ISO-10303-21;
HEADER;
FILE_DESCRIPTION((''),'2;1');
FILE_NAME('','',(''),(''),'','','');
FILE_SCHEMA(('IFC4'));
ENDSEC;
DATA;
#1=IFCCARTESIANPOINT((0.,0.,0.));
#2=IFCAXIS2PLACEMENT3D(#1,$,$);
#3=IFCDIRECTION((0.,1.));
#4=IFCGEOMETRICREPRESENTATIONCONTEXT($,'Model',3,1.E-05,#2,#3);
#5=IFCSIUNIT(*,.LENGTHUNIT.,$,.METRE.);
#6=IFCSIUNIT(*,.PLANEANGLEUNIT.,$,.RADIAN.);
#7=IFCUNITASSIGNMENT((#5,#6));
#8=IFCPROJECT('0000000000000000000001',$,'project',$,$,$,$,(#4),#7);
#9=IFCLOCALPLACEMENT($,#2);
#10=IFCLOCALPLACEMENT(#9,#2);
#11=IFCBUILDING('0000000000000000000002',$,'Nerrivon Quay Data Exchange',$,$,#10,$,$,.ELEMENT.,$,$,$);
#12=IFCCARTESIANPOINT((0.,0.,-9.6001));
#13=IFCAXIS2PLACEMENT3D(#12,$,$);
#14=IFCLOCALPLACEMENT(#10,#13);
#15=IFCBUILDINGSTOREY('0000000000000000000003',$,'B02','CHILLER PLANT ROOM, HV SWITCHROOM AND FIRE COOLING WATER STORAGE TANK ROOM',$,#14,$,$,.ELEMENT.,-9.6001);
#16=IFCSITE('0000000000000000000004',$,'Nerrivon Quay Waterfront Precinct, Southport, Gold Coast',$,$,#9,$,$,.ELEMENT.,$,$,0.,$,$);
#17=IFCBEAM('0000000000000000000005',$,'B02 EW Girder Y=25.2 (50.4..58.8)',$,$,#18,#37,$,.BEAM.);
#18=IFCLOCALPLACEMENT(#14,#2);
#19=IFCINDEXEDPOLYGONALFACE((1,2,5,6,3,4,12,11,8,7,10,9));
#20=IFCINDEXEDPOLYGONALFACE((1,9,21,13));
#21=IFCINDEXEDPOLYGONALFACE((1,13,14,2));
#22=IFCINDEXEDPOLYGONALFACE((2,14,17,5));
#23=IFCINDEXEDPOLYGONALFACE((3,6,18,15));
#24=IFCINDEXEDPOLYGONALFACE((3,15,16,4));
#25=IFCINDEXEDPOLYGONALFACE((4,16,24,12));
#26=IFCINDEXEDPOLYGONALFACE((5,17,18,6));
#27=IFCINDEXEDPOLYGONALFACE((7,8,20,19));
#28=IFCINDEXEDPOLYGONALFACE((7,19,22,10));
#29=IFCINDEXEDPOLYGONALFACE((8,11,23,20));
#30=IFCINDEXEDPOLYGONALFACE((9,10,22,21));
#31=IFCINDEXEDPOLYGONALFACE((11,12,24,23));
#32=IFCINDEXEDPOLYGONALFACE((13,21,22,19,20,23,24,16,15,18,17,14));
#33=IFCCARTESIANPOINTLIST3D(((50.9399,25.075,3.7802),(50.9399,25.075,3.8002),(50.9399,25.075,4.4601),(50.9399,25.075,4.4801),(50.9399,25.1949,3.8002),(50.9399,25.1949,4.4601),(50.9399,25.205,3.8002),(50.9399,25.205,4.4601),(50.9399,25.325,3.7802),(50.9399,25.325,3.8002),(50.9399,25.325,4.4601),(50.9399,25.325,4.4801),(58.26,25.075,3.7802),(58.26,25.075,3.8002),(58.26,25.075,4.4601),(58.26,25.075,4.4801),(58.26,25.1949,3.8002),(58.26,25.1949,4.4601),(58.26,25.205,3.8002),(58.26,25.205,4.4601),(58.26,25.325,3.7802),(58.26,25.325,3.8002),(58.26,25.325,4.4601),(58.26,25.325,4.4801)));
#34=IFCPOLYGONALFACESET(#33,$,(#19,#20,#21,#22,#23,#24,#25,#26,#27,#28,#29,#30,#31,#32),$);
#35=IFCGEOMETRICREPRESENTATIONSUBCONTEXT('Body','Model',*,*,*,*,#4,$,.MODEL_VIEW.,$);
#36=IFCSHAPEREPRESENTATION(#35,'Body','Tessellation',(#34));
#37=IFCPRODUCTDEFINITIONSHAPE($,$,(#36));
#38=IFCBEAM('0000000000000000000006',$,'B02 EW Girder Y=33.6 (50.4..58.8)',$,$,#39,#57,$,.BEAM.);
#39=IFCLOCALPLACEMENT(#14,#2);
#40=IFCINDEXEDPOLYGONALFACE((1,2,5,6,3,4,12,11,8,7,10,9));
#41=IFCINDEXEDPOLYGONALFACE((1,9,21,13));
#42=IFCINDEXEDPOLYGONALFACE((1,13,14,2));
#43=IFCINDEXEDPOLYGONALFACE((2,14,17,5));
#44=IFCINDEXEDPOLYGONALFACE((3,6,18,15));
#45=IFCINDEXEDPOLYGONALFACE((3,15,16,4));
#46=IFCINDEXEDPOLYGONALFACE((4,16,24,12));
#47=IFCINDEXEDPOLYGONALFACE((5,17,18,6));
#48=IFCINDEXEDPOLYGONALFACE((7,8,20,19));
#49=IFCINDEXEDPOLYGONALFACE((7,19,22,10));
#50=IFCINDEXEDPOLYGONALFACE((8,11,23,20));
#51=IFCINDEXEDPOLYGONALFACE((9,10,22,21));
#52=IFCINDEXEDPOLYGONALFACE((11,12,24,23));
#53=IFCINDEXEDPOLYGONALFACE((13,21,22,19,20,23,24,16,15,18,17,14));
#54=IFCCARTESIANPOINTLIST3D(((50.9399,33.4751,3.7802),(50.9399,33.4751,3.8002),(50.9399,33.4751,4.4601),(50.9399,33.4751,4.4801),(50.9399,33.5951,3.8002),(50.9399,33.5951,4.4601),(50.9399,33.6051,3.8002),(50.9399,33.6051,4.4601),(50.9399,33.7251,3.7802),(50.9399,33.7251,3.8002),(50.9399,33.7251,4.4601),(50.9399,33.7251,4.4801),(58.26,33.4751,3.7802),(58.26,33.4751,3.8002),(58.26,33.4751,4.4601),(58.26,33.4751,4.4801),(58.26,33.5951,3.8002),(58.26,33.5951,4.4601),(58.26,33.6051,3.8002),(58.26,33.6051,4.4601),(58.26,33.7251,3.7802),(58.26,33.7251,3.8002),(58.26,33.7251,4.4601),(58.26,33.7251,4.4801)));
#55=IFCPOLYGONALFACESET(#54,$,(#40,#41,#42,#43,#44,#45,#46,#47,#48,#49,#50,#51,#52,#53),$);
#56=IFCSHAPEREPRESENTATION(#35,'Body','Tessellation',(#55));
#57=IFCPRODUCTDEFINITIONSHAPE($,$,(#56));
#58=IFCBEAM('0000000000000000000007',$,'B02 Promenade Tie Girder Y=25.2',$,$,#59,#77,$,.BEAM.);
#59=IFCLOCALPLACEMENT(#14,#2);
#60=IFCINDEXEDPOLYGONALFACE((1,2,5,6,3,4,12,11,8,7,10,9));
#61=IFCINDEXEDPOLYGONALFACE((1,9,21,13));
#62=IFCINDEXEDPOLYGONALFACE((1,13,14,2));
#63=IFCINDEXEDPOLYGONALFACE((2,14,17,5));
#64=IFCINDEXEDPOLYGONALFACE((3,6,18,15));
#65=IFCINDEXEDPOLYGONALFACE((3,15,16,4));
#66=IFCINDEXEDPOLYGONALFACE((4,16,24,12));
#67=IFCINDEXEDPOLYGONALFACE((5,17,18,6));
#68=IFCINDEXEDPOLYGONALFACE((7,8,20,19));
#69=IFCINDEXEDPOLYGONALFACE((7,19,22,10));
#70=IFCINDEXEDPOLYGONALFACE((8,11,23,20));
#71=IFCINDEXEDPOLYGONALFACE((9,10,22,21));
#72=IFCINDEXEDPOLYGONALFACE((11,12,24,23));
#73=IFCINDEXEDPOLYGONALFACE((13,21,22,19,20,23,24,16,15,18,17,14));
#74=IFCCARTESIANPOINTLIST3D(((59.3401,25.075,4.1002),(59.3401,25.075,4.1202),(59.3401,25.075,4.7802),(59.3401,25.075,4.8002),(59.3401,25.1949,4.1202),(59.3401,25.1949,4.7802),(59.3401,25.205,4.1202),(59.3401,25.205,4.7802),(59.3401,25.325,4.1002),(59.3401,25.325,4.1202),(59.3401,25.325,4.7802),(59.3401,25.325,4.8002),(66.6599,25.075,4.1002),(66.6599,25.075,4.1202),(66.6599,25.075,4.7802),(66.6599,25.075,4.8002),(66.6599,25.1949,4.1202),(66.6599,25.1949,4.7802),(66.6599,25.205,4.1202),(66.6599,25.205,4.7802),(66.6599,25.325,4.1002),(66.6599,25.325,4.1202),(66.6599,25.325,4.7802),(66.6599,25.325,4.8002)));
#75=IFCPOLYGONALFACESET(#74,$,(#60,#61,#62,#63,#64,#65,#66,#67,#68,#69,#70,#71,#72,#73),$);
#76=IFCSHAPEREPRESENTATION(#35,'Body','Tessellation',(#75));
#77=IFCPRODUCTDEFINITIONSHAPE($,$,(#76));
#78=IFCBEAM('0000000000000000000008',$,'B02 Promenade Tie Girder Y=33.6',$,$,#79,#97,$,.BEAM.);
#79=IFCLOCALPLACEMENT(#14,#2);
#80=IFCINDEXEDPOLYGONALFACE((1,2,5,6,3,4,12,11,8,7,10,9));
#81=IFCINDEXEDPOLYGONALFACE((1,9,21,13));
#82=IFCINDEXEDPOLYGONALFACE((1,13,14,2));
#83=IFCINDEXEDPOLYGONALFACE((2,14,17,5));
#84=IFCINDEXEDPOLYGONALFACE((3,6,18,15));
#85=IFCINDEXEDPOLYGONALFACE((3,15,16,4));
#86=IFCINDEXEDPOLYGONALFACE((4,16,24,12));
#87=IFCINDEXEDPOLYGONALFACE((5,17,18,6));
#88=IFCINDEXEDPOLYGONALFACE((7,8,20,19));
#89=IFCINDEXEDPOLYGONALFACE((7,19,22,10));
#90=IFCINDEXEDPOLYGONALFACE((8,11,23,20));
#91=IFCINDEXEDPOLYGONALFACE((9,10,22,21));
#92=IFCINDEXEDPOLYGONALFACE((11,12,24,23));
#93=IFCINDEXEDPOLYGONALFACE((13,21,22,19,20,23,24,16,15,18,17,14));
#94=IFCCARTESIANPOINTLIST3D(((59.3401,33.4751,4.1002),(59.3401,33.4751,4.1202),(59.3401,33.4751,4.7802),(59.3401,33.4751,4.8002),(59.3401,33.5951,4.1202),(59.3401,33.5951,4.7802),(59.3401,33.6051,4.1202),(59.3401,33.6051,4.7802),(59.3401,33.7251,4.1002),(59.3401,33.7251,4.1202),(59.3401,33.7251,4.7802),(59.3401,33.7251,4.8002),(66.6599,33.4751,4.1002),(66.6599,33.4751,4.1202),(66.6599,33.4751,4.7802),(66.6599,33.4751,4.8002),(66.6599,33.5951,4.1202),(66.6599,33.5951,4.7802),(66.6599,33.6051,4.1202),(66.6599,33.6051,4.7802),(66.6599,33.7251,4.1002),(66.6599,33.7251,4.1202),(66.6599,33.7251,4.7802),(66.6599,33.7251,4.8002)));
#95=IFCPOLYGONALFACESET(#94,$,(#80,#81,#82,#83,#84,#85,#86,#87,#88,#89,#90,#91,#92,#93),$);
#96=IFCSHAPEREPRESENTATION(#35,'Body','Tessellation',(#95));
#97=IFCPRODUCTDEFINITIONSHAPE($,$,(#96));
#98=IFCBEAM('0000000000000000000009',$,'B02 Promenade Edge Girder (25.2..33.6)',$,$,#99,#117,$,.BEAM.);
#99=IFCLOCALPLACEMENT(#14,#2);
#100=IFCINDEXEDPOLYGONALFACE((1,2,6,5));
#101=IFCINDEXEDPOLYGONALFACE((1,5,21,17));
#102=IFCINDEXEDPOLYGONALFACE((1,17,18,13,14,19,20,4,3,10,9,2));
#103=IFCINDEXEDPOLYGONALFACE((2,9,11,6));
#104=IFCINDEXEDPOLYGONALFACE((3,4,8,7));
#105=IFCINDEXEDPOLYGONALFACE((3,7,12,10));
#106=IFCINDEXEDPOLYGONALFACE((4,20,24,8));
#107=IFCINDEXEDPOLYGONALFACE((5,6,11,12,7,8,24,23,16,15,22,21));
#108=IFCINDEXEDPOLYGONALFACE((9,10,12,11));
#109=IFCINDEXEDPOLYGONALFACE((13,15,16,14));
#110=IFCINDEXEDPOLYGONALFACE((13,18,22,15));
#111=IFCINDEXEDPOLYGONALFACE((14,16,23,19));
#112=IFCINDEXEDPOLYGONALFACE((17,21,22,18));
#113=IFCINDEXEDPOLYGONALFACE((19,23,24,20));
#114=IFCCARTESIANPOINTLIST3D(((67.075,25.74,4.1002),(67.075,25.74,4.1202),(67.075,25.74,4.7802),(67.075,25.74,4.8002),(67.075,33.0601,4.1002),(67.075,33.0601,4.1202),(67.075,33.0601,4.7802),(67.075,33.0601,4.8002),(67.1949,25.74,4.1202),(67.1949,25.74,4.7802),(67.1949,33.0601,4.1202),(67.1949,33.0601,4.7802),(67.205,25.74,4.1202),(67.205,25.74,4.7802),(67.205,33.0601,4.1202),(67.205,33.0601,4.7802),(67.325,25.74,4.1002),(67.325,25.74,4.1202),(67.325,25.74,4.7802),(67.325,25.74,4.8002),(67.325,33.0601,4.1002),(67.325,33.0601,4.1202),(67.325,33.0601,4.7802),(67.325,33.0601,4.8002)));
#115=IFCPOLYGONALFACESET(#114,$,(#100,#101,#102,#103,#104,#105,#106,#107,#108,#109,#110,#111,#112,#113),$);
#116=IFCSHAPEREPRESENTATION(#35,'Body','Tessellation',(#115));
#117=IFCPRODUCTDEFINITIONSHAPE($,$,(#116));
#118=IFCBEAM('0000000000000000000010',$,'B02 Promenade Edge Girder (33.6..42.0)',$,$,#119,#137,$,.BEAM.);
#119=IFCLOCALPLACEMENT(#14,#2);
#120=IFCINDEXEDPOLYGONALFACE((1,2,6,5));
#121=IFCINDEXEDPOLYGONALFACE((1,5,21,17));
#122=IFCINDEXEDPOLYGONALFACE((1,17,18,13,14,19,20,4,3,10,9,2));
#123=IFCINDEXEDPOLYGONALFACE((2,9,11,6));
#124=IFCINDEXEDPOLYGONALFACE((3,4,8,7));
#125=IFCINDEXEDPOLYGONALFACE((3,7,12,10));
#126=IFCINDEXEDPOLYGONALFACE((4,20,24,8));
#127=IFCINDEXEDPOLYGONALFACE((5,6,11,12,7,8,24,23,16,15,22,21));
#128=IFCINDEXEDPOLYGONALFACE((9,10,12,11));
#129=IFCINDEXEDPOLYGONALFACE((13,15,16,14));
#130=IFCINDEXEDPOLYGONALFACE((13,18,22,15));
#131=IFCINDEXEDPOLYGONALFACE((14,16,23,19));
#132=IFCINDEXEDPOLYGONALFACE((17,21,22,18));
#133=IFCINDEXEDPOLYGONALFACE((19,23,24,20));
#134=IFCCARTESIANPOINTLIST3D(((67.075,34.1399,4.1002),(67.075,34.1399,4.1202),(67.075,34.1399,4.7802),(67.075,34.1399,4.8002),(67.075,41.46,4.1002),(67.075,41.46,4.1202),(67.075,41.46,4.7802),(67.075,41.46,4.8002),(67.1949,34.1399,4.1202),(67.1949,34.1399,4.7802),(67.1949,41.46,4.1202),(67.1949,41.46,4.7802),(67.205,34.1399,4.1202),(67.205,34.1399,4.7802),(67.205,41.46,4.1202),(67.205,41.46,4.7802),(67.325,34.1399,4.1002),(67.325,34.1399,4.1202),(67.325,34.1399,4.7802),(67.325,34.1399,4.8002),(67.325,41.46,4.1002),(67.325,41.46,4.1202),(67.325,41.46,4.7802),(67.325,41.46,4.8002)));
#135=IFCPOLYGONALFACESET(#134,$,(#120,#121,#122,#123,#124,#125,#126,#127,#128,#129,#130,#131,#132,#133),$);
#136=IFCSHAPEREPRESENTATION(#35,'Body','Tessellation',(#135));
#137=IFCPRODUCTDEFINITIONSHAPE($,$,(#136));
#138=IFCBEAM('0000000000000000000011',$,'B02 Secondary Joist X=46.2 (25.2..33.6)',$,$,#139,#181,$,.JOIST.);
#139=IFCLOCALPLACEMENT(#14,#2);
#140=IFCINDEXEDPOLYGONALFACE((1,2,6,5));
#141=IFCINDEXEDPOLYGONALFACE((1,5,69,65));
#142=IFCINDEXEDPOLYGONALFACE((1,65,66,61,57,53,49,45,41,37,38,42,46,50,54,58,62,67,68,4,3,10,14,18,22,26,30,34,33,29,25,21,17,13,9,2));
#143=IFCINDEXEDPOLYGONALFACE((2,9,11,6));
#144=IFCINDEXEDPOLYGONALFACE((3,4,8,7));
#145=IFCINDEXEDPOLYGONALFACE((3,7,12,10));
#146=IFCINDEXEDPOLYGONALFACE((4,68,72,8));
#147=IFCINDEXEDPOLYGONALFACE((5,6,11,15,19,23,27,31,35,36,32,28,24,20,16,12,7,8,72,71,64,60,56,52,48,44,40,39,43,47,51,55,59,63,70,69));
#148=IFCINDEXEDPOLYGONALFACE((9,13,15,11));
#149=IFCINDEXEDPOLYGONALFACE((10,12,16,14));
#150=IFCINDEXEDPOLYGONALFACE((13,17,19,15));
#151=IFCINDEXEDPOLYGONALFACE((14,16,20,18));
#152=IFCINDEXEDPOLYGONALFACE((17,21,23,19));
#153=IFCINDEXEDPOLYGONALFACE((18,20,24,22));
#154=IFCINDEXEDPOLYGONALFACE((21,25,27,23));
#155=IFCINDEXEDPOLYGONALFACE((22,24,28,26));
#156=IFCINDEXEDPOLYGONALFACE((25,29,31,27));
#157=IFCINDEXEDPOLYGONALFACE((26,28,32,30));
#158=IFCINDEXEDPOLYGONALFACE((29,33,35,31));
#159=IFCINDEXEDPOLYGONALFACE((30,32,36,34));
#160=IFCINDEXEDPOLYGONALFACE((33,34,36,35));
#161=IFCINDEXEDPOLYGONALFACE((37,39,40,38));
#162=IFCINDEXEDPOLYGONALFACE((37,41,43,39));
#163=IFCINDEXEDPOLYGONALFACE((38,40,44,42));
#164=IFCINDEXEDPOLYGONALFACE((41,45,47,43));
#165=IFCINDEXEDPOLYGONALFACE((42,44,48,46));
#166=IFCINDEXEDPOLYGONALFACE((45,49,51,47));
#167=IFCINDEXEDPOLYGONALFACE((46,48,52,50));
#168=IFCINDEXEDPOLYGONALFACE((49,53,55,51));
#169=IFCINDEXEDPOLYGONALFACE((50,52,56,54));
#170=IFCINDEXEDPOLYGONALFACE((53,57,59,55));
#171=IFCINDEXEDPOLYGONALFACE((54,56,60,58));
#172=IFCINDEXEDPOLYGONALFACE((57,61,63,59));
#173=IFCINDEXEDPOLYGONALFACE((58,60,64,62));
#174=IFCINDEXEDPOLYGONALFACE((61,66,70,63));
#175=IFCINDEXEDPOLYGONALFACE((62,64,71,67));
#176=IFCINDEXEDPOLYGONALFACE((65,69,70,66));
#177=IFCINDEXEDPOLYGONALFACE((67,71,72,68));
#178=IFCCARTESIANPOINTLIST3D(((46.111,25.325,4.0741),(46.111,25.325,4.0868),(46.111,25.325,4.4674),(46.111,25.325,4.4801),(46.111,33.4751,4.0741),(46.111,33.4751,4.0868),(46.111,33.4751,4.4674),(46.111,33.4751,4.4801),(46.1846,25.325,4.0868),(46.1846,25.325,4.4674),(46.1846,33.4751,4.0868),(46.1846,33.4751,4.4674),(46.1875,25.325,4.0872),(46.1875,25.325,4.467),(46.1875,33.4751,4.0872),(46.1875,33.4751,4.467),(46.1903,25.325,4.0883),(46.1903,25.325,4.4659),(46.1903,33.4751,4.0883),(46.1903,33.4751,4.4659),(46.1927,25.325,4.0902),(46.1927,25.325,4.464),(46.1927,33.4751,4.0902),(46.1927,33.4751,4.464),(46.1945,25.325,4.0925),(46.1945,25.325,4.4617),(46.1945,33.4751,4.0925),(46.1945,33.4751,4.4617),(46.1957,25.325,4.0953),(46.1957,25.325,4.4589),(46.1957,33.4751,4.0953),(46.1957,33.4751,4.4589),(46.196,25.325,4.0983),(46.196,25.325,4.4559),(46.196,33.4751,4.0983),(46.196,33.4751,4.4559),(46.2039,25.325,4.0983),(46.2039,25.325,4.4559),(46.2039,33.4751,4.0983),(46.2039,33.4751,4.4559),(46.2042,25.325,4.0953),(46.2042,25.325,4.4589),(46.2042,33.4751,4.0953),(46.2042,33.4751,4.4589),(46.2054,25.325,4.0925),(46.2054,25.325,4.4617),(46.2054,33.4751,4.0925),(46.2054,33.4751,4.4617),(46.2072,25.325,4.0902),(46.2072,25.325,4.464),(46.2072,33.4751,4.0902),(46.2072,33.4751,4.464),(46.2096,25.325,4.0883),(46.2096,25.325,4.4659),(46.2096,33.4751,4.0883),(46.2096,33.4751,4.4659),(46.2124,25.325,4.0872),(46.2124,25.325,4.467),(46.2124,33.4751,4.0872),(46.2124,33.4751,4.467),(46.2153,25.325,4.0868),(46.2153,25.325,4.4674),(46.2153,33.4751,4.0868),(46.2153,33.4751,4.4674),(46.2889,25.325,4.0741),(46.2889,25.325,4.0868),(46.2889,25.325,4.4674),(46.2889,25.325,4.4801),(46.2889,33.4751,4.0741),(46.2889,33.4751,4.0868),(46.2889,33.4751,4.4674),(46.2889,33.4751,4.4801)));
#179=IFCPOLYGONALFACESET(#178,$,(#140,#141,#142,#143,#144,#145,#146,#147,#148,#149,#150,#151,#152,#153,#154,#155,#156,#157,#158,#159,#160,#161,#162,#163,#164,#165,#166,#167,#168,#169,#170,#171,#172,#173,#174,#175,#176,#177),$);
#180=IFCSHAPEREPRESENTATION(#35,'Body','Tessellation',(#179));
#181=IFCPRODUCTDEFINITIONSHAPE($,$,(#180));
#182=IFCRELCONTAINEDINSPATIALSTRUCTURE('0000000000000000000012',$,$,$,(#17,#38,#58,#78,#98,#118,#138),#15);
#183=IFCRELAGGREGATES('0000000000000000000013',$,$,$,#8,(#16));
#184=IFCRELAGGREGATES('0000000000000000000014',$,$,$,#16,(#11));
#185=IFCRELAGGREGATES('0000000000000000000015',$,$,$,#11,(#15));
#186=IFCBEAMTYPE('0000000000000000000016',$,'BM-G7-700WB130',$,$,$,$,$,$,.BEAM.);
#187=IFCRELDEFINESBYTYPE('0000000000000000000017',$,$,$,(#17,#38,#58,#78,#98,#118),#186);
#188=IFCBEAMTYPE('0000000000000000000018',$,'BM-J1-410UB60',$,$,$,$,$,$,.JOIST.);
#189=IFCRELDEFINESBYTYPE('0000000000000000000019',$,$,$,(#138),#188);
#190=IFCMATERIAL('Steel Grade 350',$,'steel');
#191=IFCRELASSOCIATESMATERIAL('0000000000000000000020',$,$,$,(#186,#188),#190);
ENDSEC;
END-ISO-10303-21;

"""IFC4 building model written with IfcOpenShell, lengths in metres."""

from ifc_helpers import new_model, si_unit, direction, frame, origin, origin_2d, place, context, subcontext, project, spatial, i_section, extrude, material, material_profile, profile_set, type_object, element, save


model = new_model("IFC4")

# Units and contexts
model_context = context("Model", 3, precision=1e-05, world=origin(), true_north=direction((0.0, 1.0)))
body_context = subcontext(model_context, "Body", "Model", "MODEL_VIEW")
ifc_project = project(units=[si_unit("LENGTHUNIT", "METRE"), si_unit("PLANEANGLEUNIT", "RADIAN")], contexts=[model_context])

# Site, building, storey
site_placement = place(None, origin())
site = spatial("IfcSite", under=ifc_project, at=site_placement, Name="Nerrivon Quay Waterfront Precinct, Southport, Gold Coast", CompositionType="ELEMENT", RefElevation=0.0)
building_placement = place(site_placement, origin())
building = spatial("IfcBuilding", under=site, at=building_placement, Name="Nerrivon Quay Data Exchange", CompositionType="ELEMENT")
storey_placement = place(building_placement, frame((0.0, 0.0, -9.6001)))
storey = spatial("IfcBuildingStorey", under=building, at=storey_placement, Name="B02", Description="CHILLER PLANT ROOM, HV SWITCHROOM AND FIRE COOLING WATER STORAGE TANK ROOM", CompositionType="ELEMENT", Elevation=-9.6001)

# Beams
ifc_material_1 = material(Name="Steel Grade 350", Category="steel")
ifc_material_profile_1 = material_profile(ifc_material_1, i_section(OverallWidth=0.25, OverallDepth=0.7, WebThickness=0.01, FlangeThickness=0.02, at=origin_2d()), Name="700WB130")
ifc_profile_set_1 = profile_set([ifc_material_profile_1], Name="Steel Grade 350")
beam_type_1 = type_object("IfcBeamType", Name="BM-G7-700WB130", PredefinedType="BEAM", material=ifc_profile_set_1)
for number, where, z_axis, x_axis, name in (
    (1, (50.9399, 25.2, 4.1301), (1.0, 0.0, 0.0), (0.0, 1.0, 0.0), "B02 EW Girder Y=25.2 (50.4..58.8)"),
    (2, (50.9399, 33.6001, 4.1301), (1.0, 0.0, 0.0), (0.0, 1.0, 0.0), "B02 EW Girder Y=33.6 (50.4..58.8)"),
):
    element("IfcBeam", number, at=place(storey_placement, frame(where, z_axis=z_axis, x_axis=x_axis)), inside=storey, type_object=beam_type_1, Name=name, PredefinedType="BEAM", context=body_context, shape_type="SweptSolid", body=[
        extrude(i_section(OverallWidth=0.25, OverallDepth=0.7, WebThickness=0.01, FlangeThickness=0.02, at=origin_2d()), origin(), (0.0, 0.0, 1.0), 7.3201),
    ])
for number, where, z_axis, x_axis, name in (
    (3, (59.3401, 25.2, 4.4502), (1.0, 0.0, 0.0), (0.0, 1.0, 0.0), "B02 Promenade Tie Girder Y=25.2"),
    (4, (59.3401, 33.6001, 4.4502), (1.0, 0.0, 0.0), (0.0, 1.0, 0.0), "B02 Promenade Tie Girder Y=33.6"),
):
    element("IfcBeam", number, at=place(storey_placement, frame(where, z_axis=z_axis, x_axis=x_axis)), inside=storey, type_object=beam_type_1, Name=name, PredefinedType="BEAM", context=body_context, shape_type="SweptSolid", body=[
        extrude(i_section(OverallWidth=0.25, OverallDepth=0.7, WebThickness=0.01, FlangeThickness=0.02, at=origin_2d()), origin(), (0.0, 0.0, 1.0), 7.3198),
    ])
for number, where, z_axis, x_axis, name in (
    (5, (67.2, 25.74, 4.4502), (0.0, 1.0, 0.0), (-1.0, 0.0, 0.0), "B02 Promenade Edge Girder (25.2..33.6)"),
    (6, (67.2, 34.1399, 4.4502), (0.0, 1.0, 0.0), (-1.0, 0.0, 0.0), "B02 Promenade Edge Girder (33.6..42.0)"),
):
    element("IfcBeam", number, at=place(storey_placement, frame(where, z_axis=z_axis, x_axis=x_axis)), inside=storey, type_object=beam_type_1, Name=name, PredefinedType="BEAM", context=body_context, shape_type="SweptSolid", body=[
        extrude(i_section(OverallWidth=0.25, OverallDepth=0.7, WebThickness=0.01, FlangeThickness=0.02, at=origin_2d()), origin(), (0.0, 0.0, 1.0), 7.3201),
    ])
ifc_material_profile_2 = material_profile(ifc_material_1, i_section(OverallWidth=0.178, OverallDepth=0.406, WebThickness=0.0078, FlangeThickness=0.0127, FilletRadius=0.0115, at=origin_2d()), Name="410UB59.7")
ifc_profile_set_2 = profile_set([ifc_material_profile_2], Name="Steel Grade 350")
beam_type_2 = type_object("IfcBeamType", Name="BM-J1-410UB60", PredefinedType="JOIST", material=ifc_profile_set_2)
beam_1_placement = place(storey_placement, frame((46.2, 25.325, 4.2771), z_axis=(0.0, 1.0, 0.0), x_axis=(-1.0, 0.0, 0.0)))
element("IfcBeam", 7, at=beam_1_placement, inside=storey, type_object=beam_type_2, Name="B02 Secondary Joist X=46.2 (25.2..33.6)", PredefinedType="JOIST", context=body_context, shape_type="SweptSolid", body=[
    extrude(i_section(OverallWidth=0.178, OverallDepth=0.406, WebThickness=0.0078, FlangeThickness=0.0127, FilletRadius=0.0115, at=origin_2d()), origin(), (0.0, 0.0, 1.0), 8.1501),
])

save(model, "model.ifc")
